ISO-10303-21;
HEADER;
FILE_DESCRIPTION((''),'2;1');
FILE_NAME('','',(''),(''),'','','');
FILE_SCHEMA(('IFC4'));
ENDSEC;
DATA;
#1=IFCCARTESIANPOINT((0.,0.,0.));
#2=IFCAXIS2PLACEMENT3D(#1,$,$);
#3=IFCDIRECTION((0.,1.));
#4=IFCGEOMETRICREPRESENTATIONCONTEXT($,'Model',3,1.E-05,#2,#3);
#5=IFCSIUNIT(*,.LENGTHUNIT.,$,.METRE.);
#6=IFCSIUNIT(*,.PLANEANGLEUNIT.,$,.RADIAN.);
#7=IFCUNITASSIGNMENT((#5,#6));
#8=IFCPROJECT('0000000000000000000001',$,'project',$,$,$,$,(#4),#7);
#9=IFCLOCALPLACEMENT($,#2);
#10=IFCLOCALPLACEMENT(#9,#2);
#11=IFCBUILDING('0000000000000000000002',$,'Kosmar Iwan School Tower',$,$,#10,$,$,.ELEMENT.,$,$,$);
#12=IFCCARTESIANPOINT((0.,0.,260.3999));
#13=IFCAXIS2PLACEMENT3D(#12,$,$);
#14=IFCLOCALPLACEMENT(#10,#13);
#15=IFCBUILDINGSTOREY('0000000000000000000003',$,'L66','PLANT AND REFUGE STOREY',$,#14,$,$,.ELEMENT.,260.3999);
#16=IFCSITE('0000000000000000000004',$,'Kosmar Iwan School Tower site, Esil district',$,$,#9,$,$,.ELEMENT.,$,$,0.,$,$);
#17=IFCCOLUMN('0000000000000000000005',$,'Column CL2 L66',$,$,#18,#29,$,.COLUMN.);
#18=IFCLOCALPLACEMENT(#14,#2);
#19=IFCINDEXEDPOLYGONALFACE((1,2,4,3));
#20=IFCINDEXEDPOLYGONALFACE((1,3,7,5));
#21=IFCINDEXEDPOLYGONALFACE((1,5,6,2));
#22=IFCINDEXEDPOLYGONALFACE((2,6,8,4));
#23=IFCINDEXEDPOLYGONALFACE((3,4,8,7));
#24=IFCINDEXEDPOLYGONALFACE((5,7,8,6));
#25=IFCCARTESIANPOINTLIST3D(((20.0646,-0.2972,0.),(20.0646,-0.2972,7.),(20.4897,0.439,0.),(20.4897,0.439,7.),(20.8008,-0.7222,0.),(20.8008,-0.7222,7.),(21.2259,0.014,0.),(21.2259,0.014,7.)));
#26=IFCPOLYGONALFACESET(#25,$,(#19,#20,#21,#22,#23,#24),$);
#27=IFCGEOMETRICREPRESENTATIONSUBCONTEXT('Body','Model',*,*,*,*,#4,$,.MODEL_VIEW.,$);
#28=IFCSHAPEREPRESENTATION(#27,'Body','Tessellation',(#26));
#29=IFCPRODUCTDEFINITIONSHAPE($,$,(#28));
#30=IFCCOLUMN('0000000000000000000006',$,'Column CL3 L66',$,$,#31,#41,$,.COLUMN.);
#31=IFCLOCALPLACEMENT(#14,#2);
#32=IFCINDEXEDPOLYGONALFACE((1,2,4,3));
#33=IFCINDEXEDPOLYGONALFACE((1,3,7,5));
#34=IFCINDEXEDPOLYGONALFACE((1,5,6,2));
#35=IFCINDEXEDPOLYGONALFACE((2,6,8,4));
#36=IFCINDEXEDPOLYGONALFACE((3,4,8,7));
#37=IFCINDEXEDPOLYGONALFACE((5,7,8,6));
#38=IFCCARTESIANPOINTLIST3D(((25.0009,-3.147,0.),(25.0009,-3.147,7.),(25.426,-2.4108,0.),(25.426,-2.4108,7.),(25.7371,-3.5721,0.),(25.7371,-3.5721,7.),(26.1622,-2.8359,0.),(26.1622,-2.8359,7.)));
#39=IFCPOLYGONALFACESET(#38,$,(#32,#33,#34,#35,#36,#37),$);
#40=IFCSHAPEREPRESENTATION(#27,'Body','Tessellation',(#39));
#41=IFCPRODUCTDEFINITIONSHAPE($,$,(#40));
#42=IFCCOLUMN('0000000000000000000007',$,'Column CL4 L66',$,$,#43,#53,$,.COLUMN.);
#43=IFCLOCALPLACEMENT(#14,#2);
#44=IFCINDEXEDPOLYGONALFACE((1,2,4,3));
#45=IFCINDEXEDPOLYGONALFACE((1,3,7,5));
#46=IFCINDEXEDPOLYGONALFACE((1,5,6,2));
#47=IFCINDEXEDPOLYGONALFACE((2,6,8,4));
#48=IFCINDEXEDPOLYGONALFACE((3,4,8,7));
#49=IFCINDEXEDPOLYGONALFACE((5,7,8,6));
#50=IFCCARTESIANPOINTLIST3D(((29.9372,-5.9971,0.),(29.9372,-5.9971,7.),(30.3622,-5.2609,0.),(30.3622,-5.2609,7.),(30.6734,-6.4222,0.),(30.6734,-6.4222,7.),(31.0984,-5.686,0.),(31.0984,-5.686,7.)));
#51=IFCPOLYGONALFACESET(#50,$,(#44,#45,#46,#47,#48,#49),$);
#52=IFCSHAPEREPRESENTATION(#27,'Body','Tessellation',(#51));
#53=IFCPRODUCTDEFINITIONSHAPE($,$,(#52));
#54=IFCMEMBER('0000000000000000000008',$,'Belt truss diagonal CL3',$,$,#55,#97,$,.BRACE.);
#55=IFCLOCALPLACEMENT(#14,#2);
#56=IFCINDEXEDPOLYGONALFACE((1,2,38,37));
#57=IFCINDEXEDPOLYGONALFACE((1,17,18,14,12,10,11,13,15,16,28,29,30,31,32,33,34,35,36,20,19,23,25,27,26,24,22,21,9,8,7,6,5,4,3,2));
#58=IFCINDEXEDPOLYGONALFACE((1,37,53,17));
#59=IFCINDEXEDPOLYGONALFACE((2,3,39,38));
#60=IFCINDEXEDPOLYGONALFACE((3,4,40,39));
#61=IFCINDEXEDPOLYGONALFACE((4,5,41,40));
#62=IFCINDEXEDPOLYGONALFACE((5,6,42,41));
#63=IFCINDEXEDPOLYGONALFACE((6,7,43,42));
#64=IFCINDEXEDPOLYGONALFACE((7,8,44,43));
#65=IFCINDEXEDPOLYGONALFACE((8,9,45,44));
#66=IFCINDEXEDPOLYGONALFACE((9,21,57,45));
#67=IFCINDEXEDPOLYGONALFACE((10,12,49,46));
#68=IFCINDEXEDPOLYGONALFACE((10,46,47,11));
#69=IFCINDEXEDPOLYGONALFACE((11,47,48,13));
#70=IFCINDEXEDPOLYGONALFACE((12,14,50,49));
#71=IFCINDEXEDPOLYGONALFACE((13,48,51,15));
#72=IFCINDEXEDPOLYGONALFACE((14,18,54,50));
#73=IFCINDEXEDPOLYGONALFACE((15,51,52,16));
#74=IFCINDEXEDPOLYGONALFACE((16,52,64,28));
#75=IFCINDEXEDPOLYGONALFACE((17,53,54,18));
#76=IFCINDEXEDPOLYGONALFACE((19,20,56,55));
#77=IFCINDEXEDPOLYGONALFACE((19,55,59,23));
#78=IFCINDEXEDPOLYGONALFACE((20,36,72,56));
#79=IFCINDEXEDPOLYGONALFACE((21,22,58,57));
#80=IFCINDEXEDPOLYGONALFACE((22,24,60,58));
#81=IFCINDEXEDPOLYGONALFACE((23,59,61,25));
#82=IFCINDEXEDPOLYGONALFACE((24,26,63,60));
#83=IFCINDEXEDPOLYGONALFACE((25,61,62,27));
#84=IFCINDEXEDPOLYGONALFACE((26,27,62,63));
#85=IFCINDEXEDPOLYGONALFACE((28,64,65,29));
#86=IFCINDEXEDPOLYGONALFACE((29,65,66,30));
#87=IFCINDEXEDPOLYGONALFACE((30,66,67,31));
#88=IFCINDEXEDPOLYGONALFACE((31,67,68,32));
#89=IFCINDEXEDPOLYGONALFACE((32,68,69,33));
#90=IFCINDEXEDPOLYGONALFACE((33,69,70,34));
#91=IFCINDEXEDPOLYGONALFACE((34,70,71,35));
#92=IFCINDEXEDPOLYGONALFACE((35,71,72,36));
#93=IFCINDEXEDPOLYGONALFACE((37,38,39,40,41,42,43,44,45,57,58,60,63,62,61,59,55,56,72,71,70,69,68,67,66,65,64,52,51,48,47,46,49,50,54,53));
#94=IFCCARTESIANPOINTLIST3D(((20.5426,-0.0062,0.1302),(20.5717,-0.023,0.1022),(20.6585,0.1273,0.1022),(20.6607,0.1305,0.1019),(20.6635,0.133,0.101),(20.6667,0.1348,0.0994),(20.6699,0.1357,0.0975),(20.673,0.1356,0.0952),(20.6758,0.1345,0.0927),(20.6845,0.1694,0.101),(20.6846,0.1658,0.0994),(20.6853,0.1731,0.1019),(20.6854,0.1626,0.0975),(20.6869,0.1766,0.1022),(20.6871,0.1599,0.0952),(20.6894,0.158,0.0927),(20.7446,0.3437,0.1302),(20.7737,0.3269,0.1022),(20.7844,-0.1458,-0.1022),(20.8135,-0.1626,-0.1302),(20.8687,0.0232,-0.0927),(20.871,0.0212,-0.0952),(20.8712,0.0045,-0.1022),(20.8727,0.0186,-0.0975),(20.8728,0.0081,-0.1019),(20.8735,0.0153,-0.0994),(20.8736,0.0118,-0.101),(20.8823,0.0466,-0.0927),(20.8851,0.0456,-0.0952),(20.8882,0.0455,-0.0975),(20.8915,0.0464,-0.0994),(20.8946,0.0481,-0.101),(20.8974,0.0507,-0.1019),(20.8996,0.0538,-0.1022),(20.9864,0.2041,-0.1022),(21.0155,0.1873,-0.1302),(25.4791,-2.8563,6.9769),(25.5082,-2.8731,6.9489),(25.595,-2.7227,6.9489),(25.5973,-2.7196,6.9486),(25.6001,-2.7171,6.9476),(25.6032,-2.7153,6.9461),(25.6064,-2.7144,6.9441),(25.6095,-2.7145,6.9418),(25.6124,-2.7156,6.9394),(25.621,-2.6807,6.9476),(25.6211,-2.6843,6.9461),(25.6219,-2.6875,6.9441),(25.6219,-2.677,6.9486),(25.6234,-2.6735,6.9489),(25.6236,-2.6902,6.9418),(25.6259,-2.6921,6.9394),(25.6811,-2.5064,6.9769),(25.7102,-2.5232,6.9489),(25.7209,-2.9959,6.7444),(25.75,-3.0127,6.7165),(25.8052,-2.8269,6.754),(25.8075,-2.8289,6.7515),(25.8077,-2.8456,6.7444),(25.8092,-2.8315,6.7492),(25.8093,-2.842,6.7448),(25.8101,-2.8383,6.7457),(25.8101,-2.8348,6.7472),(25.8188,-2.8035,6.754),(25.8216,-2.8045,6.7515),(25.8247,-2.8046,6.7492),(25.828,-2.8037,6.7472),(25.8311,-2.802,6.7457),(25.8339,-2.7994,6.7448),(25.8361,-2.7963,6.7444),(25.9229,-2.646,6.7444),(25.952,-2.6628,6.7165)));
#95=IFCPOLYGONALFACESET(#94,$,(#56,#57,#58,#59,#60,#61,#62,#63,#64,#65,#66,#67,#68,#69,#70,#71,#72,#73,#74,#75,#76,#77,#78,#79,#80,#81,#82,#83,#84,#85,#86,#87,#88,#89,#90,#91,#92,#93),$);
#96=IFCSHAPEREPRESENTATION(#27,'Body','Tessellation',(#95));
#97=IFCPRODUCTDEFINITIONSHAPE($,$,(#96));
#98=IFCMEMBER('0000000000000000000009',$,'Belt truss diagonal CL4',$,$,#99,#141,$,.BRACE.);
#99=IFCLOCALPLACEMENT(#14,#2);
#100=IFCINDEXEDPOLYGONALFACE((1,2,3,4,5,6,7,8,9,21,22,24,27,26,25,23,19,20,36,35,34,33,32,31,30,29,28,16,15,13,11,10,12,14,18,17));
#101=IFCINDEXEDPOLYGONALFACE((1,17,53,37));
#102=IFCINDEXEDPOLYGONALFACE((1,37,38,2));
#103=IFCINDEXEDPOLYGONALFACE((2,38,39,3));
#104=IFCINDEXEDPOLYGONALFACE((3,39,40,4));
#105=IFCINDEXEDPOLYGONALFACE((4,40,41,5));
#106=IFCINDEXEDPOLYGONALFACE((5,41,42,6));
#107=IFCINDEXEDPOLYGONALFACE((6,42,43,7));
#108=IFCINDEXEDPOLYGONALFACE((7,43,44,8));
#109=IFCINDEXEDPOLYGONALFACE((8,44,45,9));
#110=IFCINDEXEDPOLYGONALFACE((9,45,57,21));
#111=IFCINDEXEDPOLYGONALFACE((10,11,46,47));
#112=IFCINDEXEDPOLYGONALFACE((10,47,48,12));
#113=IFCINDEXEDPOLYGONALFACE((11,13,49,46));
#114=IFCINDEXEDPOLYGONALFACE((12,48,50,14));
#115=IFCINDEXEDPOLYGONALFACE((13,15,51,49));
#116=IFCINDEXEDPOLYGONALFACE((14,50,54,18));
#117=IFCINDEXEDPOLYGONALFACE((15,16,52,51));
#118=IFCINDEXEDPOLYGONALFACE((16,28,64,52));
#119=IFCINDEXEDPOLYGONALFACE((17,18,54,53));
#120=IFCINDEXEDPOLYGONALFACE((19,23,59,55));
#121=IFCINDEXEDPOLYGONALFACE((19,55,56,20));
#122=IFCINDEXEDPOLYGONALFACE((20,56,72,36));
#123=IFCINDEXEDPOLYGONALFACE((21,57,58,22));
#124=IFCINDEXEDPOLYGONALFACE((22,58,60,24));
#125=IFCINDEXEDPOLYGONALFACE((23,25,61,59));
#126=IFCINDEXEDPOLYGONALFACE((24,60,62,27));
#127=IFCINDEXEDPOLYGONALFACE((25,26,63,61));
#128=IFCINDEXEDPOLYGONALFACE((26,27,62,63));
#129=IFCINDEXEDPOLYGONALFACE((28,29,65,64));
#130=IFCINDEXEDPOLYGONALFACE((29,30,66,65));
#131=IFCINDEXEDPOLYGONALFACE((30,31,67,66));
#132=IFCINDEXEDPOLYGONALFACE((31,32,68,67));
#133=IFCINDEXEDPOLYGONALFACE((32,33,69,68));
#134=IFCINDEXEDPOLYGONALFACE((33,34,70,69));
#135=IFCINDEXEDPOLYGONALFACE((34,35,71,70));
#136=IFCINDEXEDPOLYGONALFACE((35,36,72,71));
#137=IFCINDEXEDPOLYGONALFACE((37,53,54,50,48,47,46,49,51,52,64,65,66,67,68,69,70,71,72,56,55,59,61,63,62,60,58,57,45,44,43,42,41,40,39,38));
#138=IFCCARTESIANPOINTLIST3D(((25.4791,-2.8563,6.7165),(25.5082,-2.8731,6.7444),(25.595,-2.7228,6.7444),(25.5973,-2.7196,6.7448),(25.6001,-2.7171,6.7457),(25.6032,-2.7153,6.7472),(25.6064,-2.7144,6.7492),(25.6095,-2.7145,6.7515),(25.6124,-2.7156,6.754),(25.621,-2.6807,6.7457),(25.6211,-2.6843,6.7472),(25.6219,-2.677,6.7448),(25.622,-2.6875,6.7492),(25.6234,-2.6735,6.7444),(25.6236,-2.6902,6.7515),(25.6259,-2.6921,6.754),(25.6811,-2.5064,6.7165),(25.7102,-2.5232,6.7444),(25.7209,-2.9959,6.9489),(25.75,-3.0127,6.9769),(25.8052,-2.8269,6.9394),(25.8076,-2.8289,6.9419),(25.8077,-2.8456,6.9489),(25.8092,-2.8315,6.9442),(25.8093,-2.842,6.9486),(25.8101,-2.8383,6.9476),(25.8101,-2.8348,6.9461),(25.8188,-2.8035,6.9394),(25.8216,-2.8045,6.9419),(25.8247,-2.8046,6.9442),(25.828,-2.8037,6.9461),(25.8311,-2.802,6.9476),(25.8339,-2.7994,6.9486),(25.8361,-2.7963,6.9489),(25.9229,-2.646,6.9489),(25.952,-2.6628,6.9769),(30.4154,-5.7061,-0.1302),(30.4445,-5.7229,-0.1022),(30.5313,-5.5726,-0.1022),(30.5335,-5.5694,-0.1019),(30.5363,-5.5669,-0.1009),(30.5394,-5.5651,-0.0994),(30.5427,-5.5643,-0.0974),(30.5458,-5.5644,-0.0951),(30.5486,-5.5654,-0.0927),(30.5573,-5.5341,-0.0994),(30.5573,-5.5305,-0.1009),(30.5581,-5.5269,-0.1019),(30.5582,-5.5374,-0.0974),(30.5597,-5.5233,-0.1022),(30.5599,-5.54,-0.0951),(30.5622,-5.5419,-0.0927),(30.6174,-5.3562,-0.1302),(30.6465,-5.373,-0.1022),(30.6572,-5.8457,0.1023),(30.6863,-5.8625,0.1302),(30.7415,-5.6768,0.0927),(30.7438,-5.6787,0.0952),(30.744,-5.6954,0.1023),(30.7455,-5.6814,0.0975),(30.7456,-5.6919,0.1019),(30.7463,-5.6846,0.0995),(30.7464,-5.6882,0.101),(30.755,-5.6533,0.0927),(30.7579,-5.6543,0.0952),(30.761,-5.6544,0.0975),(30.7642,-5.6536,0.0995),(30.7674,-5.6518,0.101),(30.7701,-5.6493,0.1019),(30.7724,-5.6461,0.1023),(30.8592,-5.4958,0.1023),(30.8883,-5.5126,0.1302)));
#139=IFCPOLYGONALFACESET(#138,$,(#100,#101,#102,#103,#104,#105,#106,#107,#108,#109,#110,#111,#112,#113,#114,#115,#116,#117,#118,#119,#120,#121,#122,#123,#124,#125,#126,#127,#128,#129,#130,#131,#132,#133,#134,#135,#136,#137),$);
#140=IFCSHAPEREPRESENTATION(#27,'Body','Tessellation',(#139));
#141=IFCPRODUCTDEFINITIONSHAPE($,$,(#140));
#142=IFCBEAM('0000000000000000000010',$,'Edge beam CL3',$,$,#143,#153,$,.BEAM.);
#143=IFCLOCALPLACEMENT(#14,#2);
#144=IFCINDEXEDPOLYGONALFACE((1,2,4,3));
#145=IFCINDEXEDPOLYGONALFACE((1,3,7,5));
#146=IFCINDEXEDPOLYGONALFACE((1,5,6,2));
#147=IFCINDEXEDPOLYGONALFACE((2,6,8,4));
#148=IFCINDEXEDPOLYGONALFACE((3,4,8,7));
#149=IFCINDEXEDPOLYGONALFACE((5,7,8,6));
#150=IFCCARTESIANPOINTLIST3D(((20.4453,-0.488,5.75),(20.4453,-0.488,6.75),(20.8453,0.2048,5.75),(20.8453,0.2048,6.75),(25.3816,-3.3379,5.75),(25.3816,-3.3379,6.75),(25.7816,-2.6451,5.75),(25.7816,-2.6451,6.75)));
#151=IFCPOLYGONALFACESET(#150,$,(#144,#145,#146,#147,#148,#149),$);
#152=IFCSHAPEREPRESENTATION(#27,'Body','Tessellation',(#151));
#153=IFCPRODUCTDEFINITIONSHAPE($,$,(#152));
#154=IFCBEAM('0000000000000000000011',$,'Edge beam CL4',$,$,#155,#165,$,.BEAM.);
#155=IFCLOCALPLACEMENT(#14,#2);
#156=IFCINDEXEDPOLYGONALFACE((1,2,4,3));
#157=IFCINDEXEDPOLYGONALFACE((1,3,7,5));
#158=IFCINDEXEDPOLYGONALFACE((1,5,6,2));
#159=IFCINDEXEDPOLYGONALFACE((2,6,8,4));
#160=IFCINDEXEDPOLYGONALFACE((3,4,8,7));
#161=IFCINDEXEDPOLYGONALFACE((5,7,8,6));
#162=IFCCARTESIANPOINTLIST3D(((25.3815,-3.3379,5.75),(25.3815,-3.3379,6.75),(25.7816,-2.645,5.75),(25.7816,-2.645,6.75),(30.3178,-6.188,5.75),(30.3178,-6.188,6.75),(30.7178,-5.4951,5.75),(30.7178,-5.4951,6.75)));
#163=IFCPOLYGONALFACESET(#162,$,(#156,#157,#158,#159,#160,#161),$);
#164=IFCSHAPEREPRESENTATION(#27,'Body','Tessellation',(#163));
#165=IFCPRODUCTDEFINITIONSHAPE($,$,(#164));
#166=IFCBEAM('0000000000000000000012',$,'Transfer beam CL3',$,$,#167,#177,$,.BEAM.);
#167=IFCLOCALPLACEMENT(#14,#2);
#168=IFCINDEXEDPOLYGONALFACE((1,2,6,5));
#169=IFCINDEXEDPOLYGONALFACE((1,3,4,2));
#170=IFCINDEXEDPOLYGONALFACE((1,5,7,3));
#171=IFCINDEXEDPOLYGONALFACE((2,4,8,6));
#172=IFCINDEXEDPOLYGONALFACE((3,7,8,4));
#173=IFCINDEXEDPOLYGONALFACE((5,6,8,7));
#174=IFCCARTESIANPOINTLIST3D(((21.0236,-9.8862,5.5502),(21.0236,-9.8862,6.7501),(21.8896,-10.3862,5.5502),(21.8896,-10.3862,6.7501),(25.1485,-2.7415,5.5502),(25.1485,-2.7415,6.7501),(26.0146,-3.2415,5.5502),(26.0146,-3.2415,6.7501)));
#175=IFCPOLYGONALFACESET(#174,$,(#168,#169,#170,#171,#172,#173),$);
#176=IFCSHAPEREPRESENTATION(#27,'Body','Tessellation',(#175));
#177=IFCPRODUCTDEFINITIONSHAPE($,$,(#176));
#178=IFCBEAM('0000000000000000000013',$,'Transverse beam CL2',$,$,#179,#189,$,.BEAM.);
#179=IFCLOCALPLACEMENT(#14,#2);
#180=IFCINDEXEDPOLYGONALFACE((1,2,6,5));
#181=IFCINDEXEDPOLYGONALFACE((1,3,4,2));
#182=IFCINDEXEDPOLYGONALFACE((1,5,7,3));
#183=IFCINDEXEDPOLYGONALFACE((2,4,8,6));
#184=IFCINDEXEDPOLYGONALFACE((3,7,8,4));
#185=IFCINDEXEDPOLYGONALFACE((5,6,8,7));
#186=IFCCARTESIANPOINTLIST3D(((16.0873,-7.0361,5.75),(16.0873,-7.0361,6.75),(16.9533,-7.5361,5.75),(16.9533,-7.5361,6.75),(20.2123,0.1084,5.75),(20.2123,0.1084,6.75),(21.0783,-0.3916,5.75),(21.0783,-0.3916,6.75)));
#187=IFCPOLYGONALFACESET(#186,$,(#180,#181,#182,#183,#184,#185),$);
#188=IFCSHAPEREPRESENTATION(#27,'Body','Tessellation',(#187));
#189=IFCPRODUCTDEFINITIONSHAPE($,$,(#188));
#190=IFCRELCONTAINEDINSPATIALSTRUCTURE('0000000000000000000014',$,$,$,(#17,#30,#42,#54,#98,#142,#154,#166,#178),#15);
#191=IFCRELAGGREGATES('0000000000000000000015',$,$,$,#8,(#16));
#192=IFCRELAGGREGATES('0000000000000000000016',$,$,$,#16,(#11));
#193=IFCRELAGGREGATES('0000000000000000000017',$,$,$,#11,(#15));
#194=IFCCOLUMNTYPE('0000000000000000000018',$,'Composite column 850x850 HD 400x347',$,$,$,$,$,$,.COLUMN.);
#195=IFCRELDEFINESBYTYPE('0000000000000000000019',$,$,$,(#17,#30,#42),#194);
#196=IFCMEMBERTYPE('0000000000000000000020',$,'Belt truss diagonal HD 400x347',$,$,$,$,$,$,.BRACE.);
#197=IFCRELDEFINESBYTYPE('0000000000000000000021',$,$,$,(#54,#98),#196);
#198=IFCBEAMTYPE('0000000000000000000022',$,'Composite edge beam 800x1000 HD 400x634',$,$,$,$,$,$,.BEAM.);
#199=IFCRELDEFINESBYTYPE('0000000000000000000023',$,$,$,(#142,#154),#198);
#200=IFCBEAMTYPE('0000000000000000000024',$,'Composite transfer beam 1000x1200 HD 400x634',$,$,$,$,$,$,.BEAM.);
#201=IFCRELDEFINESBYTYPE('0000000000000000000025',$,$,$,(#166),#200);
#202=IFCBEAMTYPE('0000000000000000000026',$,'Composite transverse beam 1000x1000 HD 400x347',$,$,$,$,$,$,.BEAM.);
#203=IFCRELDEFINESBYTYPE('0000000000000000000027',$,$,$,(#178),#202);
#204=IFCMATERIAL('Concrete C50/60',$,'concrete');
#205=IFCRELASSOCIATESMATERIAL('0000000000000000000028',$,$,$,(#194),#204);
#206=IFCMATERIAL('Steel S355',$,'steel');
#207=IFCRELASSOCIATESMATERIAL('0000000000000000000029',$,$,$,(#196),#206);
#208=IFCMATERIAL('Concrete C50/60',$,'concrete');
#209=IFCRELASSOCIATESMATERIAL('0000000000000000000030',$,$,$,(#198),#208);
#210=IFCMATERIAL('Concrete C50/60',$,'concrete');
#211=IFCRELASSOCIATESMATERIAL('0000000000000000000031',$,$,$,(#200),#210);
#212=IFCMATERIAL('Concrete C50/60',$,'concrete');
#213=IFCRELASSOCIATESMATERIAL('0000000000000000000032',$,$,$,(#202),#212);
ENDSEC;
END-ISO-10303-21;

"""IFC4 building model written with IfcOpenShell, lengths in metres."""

from ifc_helpers import new_model, si_unit, direction, frame, origin, origin_2d, place, context, subcontext, project, spatial, rectangle, i_section, extrude, material, material_profile, profile_set, type_object, element, save


model = new_model("IFC4")

# Units and contexts
model_context = context("Model", 3, precision=1e-05, world=origin(), true_north=direction((0.0, 1.0)))
body_context = subcontext(model_context, "Body", "Model", "MODEL_VIEW")
ifc_project = project(units=[si_unit("LENGTHUNIT", "METRE"), si_unit("PLANEANGLEUNIT", "RADIAN")], contexts=[model_context])

# Site, building, storey
site_placement = place(None, origin())
site = spatial("IfcSite", under=ifc_project, at=site_placement, Name="Kosmar Iwan School Tower site, Esil district", CompositionType="ELEMENT", RefElevation=0.0)
building_placement = place(site_placement, origin())
building = spatial("IfcBuilding", under=site, at=building_placement, Name="Kosmar Iwan School Tower", CompositionType="ELEMENT")
storey_placement = place(building_placement, frame((0.0, 0.0, 260.3999)))
storey = spatial("IfcBuildingStorey", under=building, at=storey_placement, Name="L66", Description="PLANT AND REFUGE STOREY", CompositionType="ELEMENT", Elevation=260.3999)

# Columns
ifc_material_1 = material(Name="Concrete C50/60", Category="concrete")
ifc_material_profile_1 = material_profile(ifc_material_1, rectangle(XDim=0.8501, YDim=0.8501, at=origin_2d()), Name="RC 850x850 + HD 400x347")
ifc_profile_set_1 = profile_set([ifc_material_profile_1], Name="Concrete C50/60")
column_type = type_object("IfcColumnType", Name="Composite column 850x850 HD 400x347", PredefinedType="COLUMN", material=ifc_profile_set_1)
for number, where, z_axis, x_axis, name in (
    (1, (20.6453, -0.1416, 0.0), (0.0, 0.0, 1.0), (0.866025, -0.5, 0.0), "Column CL2 L66"),
    (2, (25.5815, -2.9915, 0.0), (0.0, 0.0, 1.0), (0.866025, -0.5, 0.0), "Column CL3 L66"),
    (3, (30.5178, -5.8416, 0.0), (0.0, 0.0, 1.0), (0.866025, -0.5, 0.0), "Column CL4 L66"),
):
    element("IfcColumn", number, at=place(storey_placement, frame(where, z_axis=z_axis, x_axis=x_axis)), inside=storey, type_object=column_type, Name=name, PredefinedType="COLUMN", context=body_context, shape_type="SweptSolid", body=[
        extrude(rectangle(XDim=0.8501, YDim=0.8501, at=origin_2d()), origin(), (0.0, 0.0, 1.0), 7.0),
    ])

# Members
ifc_material_2 = material(Name="Steel S355", Category="steel")
ifc_material_profile_2 = material_profile(ifc_material_2, i_section(OverallWidth=0.4041, OverallDepth=0.407, WebThickness=0.0271, FlangeThickness=0.0437, FilletRadius=0.0149, at=origin_2d()), Name="HD 400x347")
ifc_profile_set_2 = profile_set([ifc_material_profile_2], Name="Steel S355")
member_type = type_object("IfcMemberType", Name="Belt truss diagonal HD 400x347", PredefinedType="BRACE", material=ifc_profile_set_2)
member_1_placement = place(storey_placement, frame((20.7791, 0.0906, 0.0), z_axis=(0.554108, -0.319914, 0.768517), x_axis=(0.499999, 0.866026, 0.0)))
element("IfcMember", 4, at=member_1_placement, inside=storey, type_object=member_type, Name="Belt truss diagonal CL3", PredefinedType="BRACE", context=body_context, shape_type="SweptSolid", body=[
    extrude(i_section(OverallWidth=0.4041, OverallDepth=0.407, WebThickness=0.0271, FlangeThickness=0.0437, FilletRadius=0.0149, at=origin_2d()), origin(), (0.0, 0.0, 1.0), 8.9089),
])
member_2_placement = place(storey_placement, frame((25.7156, -2.7595, 6.8467), z_axis=(0.554094, -0.319894, -0.768536), x_axis=(0.499986, 0.866034, 0.0)))
element("IfcMember", 5, at=member_2_placement, inside=storey, type_object=member_type, Name="Belt truss diagonal CL4", PredefinedType="BRACE", context=body_context, shape_type="SweptSolid", body=[
    extrude(i_section(OverallWidth=0.4041, OverallDepth=0.407, WebThickness=0.0271, FlangeThickness=0.0437, FilletRadius=0.0149, at=origin_2d()), origin(), (0.0, 0.0, 1.0), 8.9087),
])

# Beams
ifc_material_3 = material(Name="Concrete C50/60", Category="concrete")
ifc_material_profile_3 = material_profile(ifc_material_3, rectangle(XDim=0.8, YDim=1.0, at=origin_2d()), Name="RC 800x1000 + HD 400x634")
ifc_profile_set_3 = profile_set([ifc_material_profile_3], Name="Concrete C50/60")
beam_type_1 = type_object("IfcBeamType", Name="Composite edge beam 800x1000 HD 400x634", PredefinedType="BEAM", material=ifc_profile_set_3)
for number, where, z_axis, x_axis, name in (
    (6, (20.6453, -0.1416, 6.25), (0.866034, -0.499986, 0.0), (0.499986, 0.866034, 0.0), "Edge beam CL3"),
    (7, (25.5815, -2.9915, 6.25), (0.866015, -0.500018, 0.0), (0.500018, 0.866015, 0.0), "Edge beam CL4"),
):
    element("IfcBeam", number, at=place(storey_placement, frame(where, z_axis=z_axis, x_axis=x_axis)), inside=storey, type_object=beam_type_1, Name=name, PredefinedType="BEAM", context=body_context, shape_type="SweptSolid", body=[
        extrude(rectangle(XDim=0.8, YDim=1.0, at=origin_2d()), origin(), (0.0, 0.0, 1.0), 5.7),
    ])
ifc_material_4 = material(Name="Concrete C50/60", Category="concrete")
ifc_material_profile_4 = material_profile(ifc_material_4, rectangle(XDim=1.0, YDim=1.2, at=origin_2d()), Name="RC 1000x1200 + HD 400x634")
ifc_profile_set_4 = profile_set([ifc_material_profile_4], Name="Concrete C50/60")
beam_type_2 = type_object("IfcBeamType", Name="Composite transfer beam 1000x1200 HD 400x634", PredefinedType="BEAM", material=ifc_profile_set_4)
beam_1_placement = place(storey_placement, frame((25.5815, -2.9915, 6.1501), z_axis=(-0.499997, -0.866027, 0.0), x_axis=(0.866027, -0.499997, 0.0)))
element("IfcBeam", 8, at=beam_1_placement, inside=storey, type_object=beam_type_2, Name="Transfer beam CL3", PredefinedType="BEAM", context=body_context, shape_type="SweptSolid", body=[
    extrude(rectangle(XDim=1.0, YDim=1.2, at=origin_2d()), origin(), (0.0, 0.0, 1.0), 8.25),
])
ifc_material_5 = material(Name="Concrete C50/60", Category="concrete")
ifc_material_profile_5 = material_profile(ifc_material_5, rectangle(XDim=1.0, YDim=1.0, at=origin_2d()), Name="RC 1000x1000 + HD 400x347")
ifc_profile_set_5 = profile_set([ifc_material_profile_5], Name="Concrete C50/60")
beam_type_3 = type_object("IfcBeamType", Name="Composite transverse beam 1000x1000 HD 400x347", PredefinedType="BEAM", material=ifc_profile_set_5)
beam_2_placement = place(storey_placement, frame((20.6453, -0.1416, 6.25), z_axis=(-0.500009, -0.86602, 0.0), x_axis=(0.86602, -0.500009, 0.0)))
element("IfcBeam", 9, at=beam_2_placement, inside=storey, type_object=beam_type_3, Name="Transverse beam CL2", PredefinedType="BEAM", context=body_context, shape_type="SweptSolid", body=[
    extrude(rectangle(XDim=1.0, YDim=1.0, at=origin_2d()), origin(), (0.0, 0.0, 1.0), 8.2498),
])

save(model, "model.ifc")
